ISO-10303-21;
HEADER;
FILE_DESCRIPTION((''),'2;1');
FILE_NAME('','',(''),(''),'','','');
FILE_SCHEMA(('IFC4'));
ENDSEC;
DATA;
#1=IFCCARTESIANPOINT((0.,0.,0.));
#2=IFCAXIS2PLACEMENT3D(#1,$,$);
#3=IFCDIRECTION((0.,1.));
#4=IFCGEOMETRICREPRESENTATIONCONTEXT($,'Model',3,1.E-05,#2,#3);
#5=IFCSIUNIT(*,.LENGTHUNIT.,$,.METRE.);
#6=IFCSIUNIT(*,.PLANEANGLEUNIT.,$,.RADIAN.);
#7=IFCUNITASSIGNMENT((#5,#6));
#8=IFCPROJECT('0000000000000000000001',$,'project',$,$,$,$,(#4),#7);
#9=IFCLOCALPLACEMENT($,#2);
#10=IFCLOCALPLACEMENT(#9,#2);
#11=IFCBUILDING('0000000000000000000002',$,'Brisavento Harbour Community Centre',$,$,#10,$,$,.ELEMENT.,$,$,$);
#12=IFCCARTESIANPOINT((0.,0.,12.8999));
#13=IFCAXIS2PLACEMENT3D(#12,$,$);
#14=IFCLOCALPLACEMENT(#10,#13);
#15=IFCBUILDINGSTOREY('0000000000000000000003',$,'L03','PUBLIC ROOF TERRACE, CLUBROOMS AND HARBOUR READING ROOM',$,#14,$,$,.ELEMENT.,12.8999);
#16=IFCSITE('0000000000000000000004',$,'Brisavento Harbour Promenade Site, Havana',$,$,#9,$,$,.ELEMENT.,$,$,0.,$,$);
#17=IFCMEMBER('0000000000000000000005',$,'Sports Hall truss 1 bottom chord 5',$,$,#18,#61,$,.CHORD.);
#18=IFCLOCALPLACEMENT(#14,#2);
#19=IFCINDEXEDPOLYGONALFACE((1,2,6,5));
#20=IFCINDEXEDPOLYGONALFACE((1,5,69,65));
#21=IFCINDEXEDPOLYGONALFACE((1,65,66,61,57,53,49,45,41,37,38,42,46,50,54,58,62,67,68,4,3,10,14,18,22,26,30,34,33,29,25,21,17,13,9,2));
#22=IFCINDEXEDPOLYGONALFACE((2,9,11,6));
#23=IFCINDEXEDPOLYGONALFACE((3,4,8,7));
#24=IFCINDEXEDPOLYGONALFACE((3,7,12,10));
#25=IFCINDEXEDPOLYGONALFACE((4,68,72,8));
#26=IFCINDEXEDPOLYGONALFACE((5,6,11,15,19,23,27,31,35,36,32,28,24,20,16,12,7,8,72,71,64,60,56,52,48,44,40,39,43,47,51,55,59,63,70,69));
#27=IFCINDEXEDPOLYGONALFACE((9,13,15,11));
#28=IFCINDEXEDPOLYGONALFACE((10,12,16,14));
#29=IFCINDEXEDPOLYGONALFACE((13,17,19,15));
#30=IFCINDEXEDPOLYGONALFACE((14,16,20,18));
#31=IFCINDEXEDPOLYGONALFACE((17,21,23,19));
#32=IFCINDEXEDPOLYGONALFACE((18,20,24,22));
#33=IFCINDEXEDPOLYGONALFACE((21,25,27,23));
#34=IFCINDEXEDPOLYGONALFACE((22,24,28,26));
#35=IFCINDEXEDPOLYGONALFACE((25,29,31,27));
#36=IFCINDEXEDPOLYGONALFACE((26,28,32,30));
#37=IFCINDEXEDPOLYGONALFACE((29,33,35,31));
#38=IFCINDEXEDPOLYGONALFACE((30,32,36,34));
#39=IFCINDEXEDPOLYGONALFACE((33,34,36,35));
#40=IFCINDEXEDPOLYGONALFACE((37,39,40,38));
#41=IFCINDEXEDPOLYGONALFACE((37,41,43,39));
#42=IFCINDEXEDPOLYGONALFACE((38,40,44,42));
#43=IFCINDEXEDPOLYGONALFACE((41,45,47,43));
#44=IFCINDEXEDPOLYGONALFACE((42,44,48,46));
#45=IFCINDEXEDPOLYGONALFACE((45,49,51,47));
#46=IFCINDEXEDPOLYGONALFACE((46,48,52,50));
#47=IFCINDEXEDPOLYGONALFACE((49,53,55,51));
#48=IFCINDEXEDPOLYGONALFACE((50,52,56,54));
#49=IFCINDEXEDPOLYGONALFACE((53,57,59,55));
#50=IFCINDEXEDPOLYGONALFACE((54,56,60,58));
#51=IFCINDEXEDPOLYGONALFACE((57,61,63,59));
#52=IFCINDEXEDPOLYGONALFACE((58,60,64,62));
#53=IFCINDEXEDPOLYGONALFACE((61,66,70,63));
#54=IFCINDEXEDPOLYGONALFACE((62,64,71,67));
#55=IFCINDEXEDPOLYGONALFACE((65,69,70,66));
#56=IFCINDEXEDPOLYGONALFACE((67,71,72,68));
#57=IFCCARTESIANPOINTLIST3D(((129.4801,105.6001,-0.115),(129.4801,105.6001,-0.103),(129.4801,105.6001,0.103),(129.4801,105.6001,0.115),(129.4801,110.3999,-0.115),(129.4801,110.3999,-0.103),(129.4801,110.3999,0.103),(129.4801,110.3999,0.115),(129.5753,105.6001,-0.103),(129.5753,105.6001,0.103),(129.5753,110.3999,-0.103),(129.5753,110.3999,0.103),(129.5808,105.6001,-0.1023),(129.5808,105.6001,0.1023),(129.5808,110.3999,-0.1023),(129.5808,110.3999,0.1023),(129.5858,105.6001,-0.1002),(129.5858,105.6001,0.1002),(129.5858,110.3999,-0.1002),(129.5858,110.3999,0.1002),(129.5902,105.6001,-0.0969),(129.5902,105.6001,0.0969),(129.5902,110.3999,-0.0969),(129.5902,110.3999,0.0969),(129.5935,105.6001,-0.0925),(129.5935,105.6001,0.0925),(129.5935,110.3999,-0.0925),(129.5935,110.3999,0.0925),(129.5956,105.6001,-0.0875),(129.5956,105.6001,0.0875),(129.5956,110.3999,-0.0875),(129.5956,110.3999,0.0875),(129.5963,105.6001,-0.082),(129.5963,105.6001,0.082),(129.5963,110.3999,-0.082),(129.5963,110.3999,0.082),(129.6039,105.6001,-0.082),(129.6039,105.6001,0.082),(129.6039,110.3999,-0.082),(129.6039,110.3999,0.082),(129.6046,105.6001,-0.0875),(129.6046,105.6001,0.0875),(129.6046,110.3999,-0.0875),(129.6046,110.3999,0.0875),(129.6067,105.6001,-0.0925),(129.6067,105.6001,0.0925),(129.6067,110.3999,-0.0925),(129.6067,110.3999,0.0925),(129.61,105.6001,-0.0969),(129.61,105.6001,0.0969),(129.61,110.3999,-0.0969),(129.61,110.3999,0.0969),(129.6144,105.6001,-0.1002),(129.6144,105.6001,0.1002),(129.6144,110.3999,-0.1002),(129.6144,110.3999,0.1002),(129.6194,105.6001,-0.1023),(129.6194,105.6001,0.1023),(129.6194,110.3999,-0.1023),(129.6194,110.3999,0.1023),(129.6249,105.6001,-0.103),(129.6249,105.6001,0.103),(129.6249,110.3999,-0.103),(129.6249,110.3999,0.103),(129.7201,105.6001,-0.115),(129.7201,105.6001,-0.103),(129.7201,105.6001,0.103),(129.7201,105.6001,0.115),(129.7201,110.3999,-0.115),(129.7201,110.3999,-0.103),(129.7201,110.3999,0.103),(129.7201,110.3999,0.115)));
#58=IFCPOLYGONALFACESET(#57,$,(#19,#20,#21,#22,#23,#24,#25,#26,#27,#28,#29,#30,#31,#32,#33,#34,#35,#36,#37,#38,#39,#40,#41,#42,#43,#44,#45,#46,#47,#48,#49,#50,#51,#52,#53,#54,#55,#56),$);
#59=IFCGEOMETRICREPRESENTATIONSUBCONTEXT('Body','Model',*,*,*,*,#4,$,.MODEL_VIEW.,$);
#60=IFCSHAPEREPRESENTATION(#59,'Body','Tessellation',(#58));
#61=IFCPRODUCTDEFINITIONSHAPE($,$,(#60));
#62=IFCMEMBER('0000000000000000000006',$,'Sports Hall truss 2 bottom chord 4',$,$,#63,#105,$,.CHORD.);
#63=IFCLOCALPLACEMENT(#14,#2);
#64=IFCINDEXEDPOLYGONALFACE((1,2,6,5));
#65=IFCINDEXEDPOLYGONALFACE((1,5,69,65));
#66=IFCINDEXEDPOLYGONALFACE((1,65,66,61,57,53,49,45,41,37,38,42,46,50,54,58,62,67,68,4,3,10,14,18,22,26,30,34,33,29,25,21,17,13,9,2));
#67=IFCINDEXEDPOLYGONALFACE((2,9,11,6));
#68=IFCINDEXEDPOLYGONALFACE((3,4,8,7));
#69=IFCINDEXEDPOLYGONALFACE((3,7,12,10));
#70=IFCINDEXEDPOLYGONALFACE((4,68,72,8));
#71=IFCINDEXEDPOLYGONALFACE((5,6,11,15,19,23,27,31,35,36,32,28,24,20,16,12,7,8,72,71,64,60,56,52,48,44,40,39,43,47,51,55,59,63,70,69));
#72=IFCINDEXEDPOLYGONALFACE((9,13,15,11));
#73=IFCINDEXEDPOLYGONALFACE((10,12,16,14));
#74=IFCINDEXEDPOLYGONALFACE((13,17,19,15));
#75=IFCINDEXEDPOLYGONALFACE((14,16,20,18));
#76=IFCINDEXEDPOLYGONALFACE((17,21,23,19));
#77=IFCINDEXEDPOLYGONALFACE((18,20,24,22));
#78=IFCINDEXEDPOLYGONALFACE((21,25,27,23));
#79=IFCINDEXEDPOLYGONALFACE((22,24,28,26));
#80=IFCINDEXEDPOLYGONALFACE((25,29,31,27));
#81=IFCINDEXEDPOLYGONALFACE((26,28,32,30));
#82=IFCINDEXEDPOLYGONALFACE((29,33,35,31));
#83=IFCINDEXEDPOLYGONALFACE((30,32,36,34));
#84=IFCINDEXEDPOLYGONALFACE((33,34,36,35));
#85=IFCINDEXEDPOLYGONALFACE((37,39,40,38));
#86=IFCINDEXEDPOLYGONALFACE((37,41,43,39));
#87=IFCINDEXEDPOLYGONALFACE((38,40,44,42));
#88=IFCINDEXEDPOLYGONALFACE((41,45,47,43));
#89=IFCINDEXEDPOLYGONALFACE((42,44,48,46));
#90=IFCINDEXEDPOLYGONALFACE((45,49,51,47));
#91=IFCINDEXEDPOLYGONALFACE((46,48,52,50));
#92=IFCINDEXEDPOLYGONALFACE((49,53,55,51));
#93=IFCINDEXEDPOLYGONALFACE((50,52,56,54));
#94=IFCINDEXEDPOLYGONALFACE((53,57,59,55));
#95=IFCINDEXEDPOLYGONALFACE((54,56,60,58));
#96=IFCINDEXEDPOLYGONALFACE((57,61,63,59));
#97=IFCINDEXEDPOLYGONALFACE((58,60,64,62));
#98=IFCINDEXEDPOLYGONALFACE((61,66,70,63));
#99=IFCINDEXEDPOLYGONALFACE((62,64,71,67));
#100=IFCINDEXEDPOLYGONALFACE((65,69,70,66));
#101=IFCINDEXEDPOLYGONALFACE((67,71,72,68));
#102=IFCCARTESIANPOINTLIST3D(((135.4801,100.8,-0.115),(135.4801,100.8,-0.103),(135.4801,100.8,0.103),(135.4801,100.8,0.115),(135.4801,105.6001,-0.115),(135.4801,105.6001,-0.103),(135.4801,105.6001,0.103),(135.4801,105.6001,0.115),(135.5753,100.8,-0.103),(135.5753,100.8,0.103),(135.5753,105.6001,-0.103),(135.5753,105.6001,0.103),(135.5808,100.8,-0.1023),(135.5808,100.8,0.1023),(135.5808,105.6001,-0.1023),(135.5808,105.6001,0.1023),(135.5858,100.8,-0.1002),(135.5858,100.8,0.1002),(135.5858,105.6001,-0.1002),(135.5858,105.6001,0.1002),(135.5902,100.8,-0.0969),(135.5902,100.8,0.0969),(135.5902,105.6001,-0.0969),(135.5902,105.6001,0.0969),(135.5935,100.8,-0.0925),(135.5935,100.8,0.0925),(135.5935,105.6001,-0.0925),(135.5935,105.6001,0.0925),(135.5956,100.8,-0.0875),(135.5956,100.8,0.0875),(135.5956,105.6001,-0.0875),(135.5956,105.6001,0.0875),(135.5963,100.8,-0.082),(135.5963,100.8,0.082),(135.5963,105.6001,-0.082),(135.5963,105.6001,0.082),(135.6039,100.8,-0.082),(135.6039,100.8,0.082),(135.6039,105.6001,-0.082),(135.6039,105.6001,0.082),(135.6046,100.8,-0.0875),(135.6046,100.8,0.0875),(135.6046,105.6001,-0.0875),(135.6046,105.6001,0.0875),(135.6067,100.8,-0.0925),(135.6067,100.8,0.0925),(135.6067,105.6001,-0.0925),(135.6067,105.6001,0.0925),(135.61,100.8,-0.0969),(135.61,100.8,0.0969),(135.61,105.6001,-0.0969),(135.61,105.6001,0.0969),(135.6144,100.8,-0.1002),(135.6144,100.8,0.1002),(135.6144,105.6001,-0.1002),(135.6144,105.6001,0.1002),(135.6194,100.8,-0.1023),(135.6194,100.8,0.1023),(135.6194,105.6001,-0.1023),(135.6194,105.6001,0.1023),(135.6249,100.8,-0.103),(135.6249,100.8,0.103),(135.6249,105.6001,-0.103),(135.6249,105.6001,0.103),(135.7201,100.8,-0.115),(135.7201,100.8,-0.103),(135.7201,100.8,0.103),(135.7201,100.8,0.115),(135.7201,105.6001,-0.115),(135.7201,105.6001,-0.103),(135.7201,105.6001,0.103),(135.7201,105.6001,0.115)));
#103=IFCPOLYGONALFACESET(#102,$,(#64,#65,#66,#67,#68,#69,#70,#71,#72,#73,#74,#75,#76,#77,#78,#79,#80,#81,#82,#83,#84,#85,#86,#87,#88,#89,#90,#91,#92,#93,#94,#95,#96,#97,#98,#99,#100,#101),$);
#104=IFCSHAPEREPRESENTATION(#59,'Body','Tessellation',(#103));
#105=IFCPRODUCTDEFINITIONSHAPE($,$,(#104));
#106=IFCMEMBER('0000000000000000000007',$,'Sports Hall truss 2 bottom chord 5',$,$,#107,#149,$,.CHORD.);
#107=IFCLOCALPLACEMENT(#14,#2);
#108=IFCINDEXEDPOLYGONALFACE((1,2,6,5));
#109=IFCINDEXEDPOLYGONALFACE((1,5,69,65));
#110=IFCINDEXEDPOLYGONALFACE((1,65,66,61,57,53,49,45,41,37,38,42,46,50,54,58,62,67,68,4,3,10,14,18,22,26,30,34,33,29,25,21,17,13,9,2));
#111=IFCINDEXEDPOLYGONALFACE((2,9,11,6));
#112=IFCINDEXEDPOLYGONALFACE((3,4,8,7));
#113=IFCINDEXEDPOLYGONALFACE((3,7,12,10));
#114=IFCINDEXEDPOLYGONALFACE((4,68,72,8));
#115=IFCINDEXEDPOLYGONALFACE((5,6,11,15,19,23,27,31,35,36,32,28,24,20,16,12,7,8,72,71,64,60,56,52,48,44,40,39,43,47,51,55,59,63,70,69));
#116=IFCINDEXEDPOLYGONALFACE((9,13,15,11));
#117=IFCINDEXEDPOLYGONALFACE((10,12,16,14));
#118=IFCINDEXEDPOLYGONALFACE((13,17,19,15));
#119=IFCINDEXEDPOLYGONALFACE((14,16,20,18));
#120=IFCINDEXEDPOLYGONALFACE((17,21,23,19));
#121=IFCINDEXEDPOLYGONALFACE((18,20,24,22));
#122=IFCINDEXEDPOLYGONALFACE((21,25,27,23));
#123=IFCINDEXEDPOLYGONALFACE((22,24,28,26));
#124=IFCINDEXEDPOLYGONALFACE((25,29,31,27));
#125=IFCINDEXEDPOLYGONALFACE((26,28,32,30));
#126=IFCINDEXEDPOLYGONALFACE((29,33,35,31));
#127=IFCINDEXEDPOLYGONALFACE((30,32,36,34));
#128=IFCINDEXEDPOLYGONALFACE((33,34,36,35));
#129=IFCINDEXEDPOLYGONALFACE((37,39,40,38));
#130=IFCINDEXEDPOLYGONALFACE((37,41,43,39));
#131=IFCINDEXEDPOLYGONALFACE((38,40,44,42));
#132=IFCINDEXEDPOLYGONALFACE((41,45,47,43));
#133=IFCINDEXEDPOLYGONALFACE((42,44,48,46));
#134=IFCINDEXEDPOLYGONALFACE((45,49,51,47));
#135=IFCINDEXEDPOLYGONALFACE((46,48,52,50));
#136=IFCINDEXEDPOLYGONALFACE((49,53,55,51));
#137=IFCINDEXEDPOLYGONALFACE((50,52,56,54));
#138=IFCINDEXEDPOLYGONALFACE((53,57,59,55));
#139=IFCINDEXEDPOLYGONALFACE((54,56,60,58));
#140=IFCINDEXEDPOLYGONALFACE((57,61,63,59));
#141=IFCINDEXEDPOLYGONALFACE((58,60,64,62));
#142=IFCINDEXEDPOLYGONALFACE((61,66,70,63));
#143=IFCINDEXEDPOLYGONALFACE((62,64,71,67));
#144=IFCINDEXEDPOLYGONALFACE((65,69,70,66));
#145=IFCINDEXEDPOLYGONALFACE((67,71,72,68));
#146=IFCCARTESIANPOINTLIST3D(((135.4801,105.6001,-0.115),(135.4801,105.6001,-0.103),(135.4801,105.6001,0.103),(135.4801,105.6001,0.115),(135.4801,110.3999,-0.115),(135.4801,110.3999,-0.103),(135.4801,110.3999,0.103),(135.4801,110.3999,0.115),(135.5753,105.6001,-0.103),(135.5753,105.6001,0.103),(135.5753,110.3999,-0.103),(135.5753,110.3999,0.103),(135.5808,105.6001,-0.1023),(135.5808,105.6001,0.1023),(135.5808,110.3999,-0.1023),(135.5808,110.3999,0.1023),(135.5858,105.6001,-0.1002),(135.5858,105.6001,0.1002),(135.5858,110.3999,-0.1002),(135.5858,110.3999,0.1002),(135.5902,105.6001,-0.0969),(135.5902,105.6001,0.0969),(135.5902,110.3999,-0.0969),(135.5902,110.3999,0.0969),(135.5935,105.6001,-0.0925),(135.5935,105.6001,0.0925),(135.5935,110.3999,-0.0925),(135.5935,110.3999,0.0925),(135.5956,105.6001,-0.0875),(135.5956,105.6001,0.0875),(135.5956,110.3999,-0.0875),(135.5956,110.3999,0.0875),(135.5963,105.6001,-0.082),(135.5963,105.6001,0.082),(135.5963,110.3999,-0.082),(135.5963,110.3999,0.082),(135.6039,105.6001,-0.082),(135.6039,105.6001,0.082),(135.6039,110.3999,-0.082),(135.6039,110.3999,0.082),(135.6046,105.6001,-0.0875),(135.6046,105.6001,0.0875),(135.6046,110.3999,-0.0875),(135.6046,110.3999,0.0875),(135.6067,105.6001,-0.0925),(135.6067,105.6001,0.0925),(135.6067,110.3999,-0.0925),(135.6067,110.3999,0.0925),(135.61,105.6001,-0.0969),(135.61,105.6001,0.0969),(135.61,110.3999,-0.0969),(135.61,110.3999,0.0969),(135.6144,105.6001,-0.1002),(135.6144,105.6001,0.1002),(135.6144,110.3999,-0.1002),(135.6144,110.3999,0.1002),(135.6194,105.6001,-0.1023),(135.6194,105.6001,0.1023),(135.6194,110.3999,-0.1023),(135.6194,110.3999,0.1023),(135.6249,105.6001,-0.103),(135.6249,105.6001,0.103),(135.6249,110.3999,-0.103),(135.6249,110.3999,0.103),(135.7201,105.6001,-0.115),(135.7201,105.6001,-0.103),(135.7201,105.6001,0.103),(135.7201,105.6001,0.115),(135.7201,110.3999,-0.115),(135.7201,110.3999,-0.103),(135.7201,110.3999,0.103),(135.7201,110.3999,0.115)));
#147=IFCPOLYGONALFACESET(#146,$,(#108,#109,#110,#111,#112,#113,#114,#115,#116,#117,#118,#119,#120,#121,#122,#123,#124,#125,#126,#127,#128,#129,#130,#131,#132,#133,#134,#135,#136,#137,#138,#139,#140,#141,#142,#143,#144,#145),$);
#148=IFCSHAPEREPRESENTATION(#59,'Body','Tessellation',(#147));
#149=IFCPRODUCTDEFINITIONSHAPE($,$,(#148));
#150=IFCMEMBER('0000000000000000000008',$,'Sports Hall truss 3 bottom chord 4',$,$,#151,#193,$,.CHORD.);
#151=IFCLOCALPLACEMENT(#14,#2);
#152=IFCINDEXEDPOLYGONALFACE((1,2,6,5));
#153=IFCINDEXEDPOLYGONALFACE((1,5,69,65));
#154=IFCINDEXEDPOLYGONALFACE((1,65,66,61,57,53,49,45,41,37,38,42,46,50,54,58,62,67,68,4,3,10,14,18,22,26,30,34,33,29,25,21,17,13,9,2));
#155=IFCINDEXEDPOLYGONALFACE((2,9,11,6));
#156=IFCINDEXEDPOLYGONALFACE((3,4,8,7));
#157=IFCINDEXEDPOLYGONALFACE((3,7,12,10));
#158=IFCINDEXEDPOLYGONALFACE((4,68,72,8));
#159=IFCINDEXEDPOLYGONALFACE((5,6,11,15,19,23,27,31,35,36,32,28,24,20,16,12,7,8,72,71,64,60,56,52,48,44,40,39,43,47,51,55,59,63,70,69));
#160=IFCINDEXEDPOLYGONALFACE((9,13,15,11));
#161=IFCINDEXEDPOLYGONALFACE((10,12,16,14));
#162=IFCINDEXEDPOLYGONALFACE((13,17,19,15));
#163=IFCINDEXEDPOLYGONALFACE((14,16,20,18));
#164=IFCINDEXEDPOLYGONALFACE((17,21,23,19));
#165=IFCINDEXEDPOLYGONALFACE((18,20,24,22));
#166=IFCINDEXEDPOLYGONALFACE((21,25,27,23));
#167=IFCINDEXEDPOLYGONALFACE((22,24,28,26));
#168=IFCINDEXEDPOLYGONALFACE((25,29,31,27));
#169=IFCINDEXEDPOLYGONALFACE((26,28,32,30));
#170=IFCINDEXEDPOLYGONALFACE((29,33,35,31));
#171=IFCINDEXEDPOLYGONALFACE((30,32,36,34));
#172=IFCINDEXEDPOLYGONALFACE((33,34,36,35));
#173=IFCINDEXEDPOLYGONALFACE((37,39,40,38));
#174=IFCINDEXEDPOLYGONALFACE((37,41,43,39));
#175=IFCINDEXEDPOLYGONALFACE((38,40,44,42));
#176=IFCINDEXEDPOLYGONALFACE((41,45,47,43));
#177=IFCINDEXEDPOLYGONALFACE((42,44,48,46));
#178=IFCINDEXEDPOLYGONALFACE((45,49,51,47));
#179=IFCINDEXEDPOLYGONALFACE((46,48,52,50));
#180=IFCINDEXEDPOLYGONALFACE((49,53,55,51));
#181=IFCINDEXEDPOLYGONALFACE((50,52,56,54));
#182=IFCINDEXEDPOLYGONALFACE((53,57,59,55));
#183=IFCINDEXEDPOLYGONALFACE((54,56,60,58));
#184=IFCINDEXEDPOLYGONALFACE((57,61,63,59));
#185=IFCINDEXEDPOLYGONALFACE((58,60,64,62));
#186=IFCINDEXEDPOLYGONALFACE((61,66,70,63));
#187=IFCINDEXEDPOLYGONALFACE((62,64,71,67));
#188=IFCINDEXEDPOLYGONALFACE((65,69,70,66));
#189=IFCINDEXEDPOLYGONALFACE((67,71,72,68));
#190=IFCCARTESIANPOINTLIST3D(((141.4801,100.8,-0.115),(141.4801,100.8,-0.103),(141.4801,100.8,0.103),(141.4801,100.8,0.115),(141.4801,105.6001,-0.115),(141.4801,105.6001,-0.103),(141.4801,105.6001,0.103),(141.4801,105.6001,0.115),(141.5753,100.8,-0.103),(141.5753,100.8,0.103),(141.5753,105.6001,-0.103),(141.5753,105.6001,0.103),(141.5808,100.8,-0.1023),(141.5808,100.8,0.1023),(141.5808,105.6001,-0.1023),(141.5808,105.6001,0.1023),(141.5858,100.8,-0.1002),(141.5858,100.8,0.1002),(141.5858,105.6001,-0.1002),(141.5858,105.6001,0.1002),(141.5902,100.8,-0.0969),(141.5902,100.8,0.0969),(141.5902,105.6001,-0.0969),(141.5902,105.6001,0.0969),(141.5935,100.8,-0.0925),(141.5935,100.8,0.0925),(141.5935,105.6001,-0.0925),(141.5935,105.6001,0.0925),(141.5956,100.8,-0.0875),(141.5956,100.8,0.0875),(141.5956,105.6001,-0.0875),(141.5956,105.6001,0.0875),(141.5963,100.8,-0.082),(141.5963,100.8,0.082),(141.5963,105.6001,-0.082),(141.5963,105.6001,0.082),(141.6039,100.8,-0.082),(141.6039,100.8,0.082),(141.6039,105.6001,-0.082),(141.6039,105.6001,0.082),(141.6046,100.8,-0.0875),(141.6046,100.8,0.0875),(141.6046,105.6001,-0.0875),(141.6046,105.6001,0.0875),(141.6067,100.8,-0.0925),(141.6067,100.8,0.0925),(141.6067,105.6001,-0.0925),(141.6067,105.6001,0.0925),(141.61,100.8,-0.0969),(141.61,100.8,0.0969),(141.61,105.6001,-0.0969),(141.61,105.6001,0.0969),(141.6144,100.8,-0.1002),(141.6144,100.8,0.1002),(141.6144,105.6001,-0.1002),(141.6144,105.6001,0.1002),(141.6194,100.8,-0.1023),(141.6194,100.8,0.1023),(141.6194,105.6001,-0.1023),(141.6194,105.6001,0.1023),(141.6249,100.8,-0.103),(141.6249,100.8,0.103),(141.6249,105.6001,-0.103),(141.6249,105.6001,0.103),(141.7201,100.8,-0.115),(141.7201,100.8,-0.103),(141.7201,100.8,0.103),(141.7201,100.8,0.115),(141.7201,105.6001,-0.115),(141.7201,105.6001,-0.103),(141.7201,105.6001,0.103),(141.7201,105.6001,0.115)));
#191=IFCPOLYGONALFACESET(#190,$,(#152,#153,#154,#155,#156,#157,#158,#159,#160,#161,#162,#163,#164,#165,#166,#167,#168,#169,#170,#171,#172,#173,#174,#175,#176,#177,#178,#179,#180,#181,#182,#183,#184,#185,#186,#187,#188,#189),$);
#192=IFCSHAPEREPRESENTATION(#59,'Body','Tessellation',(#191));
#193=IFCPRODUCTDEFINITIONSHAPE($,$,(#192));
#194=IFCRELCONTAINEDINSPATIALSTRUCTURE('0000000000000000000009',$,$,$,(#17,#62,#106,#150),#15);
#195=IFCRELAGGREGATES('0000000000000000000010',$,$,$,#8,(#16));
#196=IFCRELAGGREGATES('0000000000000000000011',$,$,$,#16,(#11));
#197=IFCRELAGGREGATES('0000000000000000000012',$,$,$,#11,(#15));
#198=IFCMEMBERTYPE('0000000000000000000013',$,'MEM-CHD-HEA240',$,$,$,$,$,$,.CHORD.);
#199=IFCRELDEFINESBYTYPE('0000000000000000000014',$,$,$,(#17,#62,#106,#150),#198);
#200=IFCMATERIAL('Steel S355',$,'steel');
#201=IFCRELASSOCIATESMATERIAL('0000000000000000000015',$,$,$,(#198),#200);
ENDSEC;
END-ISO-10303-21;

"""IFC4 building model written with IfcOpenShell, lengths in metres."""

from ifc_helpers import new_model, si_unit, direction, frame, origin, origin_2d, place, context, subcontext, project, spatial, i_section, extrude, material, material_profile, profile_set, type_object, element, save


model = new_model("IFC4")

# Units and contexts
model_context = context("Model", 3, precision=1e-05, world=origin(), true_north=direction((0.0, 1.0)))
body_context = subcontext(model_context, "Body", "Model", "MODEL_VIEW")
ifc_project = project(units=[si_unit("LENGTHUNIT", "METRE"), si_unit("PLANEANGLEUNIT", "RADIAN")], contexts=[model_context])

# Site, building, storey
site_placement = place(None, origin())
site = spatial("IfcSite", under=ifc_project, at=site_placement, Name="Brisavento Harbour Promenade Site, Havana", CompositionType="ELEMENT", RefElevation=0.0)
building_placement = place(site_placement, origin())
building = spatial("IfcBuilding", under=site, at=building_placement, Name="Brisavento Harbour Community Centre", CompositionType="ELEMENT")
storey_placement = place(building_placement, frame((0.0, 0.0, 12.8999)))
storey = spatial("IfcBuildingStorey", under=building, at=storey_placement, Name="L03", Description="PUBLIC ROOF TERRACE, CLUBROOMS AND HARBOUR READING ROOM", CompositionType="ELEMENT", Elevation=12.8999)

# Members
ifc_material_1 = material(Name="Steel S355", Category="steel")
ifc_material_profile_1 = material_profile(ifc_material_1, i_section(OverallWidth=0.24, OverallDepth=0.23, WebThickness=0.0076, FlangeThickness=0.012, FilletRadius=0.021, at=origin_2d()), Name="Steel S355")
ifc_profile_set_1 = profile_set([ifc_material_profile_1], Name="Steel S355")
member_type_1 = type_object("IfcMemberType", Name="MEM-CHD-HEA240", PredefinedType="CHORD", material=ifc_profile_set_1)
member_1_placement = place(storey_placement, frame((129.6001, 105.6001, 0.0), z_axis=(0.0, 1.0, 0.0), x_axis=(-1.0, 0.0, 0.0)))
element("IfcMember", 1, at=member_1_placement, inside=storey, type_object=member_type_1, Name="Sports Hall truss 1 bottom chord 5", PredefinedType="CHORD", context=body_context, shape_type="SweptSolid", body=[
    extrude(i_section(OverallWidth=0.24, OverallDepth=0.23, WebThickness=0.0076, FlangeThickness=0.012, FilletRadius=0.021, at=origin_2d()), origin(), (0.0, 0.0, 1.0), 4.7998),
])
member_2_placement = place(storey_placement, frame((135.6001, 100.8, 0.0), z_axis=(0.0, 1.0, 0.0), x_axis=(-1.0, 0.0, 0.0)))
element("IfcMember", 2, at=member_2_placement, inside=storey, type_object=member_type_1, Name="Sports Hall truss 2 bottom chord 4", PredefinedType="CHORD", context=body_context, shape_type="SweptSolid", body=[
    extrude(i_section(OverallWidth=0.24, OverallDepth=0.23, WebThickness=0.0076, FlangeThickness=0.012, FilletRadius=0.021, at=origin_2d()), origin(), (0.0, 0.0, 1.0), 4.8),
])
member_3_placement = place(storey_placement, frame((135.6001, 105.6001, 0.0), z_axis=(0.0, 1.0, 0.0), x_axis=(-1.0, 0.0, 0.0)))
element("IfcMember", 3, at=member_3_placement, inside=storey, type_object=member_type_1, Name="Sports Hall truss 2 bottom chord 5", PredefinedType="CHORD", context=body_context, shape_type="SweptSolid", body=[
    extrude(i_section(OverallWidth=0.24, OverallDepth=0.23, WebThickness=0.0076, FlangeThickness=0.012, FilletRadius=0.021, at=origin_2d()), origin(), (0.0, 0.0, 1.0), 4.7998),
])
member_4_placement = place(storey_placement, frame((141.6001, 100.8, 0.0), z_axis=(0.0, 1.0, 0.0), x_axis=(-1.0, 0.0, 0.0)))
element("IfcMember", 4, at=member_4_placement, inside=storey, type_object=member_type_1, Name="Sports Hall truss 3 bottom chord 4", PredefinedType="CHORD", context=body_context, shape_type="SweptSolid", body=[
    extrude(i_section(OverallWidth=0.24, OverallDepth=0.23, WebThickness=0.0076, FlangeThickness=0.012, FilletRadius=0.021, at=origin_2d()), origin(), (0.0, 0.0, 1.0), 4.8),
])

save(model, "model.ifc")
